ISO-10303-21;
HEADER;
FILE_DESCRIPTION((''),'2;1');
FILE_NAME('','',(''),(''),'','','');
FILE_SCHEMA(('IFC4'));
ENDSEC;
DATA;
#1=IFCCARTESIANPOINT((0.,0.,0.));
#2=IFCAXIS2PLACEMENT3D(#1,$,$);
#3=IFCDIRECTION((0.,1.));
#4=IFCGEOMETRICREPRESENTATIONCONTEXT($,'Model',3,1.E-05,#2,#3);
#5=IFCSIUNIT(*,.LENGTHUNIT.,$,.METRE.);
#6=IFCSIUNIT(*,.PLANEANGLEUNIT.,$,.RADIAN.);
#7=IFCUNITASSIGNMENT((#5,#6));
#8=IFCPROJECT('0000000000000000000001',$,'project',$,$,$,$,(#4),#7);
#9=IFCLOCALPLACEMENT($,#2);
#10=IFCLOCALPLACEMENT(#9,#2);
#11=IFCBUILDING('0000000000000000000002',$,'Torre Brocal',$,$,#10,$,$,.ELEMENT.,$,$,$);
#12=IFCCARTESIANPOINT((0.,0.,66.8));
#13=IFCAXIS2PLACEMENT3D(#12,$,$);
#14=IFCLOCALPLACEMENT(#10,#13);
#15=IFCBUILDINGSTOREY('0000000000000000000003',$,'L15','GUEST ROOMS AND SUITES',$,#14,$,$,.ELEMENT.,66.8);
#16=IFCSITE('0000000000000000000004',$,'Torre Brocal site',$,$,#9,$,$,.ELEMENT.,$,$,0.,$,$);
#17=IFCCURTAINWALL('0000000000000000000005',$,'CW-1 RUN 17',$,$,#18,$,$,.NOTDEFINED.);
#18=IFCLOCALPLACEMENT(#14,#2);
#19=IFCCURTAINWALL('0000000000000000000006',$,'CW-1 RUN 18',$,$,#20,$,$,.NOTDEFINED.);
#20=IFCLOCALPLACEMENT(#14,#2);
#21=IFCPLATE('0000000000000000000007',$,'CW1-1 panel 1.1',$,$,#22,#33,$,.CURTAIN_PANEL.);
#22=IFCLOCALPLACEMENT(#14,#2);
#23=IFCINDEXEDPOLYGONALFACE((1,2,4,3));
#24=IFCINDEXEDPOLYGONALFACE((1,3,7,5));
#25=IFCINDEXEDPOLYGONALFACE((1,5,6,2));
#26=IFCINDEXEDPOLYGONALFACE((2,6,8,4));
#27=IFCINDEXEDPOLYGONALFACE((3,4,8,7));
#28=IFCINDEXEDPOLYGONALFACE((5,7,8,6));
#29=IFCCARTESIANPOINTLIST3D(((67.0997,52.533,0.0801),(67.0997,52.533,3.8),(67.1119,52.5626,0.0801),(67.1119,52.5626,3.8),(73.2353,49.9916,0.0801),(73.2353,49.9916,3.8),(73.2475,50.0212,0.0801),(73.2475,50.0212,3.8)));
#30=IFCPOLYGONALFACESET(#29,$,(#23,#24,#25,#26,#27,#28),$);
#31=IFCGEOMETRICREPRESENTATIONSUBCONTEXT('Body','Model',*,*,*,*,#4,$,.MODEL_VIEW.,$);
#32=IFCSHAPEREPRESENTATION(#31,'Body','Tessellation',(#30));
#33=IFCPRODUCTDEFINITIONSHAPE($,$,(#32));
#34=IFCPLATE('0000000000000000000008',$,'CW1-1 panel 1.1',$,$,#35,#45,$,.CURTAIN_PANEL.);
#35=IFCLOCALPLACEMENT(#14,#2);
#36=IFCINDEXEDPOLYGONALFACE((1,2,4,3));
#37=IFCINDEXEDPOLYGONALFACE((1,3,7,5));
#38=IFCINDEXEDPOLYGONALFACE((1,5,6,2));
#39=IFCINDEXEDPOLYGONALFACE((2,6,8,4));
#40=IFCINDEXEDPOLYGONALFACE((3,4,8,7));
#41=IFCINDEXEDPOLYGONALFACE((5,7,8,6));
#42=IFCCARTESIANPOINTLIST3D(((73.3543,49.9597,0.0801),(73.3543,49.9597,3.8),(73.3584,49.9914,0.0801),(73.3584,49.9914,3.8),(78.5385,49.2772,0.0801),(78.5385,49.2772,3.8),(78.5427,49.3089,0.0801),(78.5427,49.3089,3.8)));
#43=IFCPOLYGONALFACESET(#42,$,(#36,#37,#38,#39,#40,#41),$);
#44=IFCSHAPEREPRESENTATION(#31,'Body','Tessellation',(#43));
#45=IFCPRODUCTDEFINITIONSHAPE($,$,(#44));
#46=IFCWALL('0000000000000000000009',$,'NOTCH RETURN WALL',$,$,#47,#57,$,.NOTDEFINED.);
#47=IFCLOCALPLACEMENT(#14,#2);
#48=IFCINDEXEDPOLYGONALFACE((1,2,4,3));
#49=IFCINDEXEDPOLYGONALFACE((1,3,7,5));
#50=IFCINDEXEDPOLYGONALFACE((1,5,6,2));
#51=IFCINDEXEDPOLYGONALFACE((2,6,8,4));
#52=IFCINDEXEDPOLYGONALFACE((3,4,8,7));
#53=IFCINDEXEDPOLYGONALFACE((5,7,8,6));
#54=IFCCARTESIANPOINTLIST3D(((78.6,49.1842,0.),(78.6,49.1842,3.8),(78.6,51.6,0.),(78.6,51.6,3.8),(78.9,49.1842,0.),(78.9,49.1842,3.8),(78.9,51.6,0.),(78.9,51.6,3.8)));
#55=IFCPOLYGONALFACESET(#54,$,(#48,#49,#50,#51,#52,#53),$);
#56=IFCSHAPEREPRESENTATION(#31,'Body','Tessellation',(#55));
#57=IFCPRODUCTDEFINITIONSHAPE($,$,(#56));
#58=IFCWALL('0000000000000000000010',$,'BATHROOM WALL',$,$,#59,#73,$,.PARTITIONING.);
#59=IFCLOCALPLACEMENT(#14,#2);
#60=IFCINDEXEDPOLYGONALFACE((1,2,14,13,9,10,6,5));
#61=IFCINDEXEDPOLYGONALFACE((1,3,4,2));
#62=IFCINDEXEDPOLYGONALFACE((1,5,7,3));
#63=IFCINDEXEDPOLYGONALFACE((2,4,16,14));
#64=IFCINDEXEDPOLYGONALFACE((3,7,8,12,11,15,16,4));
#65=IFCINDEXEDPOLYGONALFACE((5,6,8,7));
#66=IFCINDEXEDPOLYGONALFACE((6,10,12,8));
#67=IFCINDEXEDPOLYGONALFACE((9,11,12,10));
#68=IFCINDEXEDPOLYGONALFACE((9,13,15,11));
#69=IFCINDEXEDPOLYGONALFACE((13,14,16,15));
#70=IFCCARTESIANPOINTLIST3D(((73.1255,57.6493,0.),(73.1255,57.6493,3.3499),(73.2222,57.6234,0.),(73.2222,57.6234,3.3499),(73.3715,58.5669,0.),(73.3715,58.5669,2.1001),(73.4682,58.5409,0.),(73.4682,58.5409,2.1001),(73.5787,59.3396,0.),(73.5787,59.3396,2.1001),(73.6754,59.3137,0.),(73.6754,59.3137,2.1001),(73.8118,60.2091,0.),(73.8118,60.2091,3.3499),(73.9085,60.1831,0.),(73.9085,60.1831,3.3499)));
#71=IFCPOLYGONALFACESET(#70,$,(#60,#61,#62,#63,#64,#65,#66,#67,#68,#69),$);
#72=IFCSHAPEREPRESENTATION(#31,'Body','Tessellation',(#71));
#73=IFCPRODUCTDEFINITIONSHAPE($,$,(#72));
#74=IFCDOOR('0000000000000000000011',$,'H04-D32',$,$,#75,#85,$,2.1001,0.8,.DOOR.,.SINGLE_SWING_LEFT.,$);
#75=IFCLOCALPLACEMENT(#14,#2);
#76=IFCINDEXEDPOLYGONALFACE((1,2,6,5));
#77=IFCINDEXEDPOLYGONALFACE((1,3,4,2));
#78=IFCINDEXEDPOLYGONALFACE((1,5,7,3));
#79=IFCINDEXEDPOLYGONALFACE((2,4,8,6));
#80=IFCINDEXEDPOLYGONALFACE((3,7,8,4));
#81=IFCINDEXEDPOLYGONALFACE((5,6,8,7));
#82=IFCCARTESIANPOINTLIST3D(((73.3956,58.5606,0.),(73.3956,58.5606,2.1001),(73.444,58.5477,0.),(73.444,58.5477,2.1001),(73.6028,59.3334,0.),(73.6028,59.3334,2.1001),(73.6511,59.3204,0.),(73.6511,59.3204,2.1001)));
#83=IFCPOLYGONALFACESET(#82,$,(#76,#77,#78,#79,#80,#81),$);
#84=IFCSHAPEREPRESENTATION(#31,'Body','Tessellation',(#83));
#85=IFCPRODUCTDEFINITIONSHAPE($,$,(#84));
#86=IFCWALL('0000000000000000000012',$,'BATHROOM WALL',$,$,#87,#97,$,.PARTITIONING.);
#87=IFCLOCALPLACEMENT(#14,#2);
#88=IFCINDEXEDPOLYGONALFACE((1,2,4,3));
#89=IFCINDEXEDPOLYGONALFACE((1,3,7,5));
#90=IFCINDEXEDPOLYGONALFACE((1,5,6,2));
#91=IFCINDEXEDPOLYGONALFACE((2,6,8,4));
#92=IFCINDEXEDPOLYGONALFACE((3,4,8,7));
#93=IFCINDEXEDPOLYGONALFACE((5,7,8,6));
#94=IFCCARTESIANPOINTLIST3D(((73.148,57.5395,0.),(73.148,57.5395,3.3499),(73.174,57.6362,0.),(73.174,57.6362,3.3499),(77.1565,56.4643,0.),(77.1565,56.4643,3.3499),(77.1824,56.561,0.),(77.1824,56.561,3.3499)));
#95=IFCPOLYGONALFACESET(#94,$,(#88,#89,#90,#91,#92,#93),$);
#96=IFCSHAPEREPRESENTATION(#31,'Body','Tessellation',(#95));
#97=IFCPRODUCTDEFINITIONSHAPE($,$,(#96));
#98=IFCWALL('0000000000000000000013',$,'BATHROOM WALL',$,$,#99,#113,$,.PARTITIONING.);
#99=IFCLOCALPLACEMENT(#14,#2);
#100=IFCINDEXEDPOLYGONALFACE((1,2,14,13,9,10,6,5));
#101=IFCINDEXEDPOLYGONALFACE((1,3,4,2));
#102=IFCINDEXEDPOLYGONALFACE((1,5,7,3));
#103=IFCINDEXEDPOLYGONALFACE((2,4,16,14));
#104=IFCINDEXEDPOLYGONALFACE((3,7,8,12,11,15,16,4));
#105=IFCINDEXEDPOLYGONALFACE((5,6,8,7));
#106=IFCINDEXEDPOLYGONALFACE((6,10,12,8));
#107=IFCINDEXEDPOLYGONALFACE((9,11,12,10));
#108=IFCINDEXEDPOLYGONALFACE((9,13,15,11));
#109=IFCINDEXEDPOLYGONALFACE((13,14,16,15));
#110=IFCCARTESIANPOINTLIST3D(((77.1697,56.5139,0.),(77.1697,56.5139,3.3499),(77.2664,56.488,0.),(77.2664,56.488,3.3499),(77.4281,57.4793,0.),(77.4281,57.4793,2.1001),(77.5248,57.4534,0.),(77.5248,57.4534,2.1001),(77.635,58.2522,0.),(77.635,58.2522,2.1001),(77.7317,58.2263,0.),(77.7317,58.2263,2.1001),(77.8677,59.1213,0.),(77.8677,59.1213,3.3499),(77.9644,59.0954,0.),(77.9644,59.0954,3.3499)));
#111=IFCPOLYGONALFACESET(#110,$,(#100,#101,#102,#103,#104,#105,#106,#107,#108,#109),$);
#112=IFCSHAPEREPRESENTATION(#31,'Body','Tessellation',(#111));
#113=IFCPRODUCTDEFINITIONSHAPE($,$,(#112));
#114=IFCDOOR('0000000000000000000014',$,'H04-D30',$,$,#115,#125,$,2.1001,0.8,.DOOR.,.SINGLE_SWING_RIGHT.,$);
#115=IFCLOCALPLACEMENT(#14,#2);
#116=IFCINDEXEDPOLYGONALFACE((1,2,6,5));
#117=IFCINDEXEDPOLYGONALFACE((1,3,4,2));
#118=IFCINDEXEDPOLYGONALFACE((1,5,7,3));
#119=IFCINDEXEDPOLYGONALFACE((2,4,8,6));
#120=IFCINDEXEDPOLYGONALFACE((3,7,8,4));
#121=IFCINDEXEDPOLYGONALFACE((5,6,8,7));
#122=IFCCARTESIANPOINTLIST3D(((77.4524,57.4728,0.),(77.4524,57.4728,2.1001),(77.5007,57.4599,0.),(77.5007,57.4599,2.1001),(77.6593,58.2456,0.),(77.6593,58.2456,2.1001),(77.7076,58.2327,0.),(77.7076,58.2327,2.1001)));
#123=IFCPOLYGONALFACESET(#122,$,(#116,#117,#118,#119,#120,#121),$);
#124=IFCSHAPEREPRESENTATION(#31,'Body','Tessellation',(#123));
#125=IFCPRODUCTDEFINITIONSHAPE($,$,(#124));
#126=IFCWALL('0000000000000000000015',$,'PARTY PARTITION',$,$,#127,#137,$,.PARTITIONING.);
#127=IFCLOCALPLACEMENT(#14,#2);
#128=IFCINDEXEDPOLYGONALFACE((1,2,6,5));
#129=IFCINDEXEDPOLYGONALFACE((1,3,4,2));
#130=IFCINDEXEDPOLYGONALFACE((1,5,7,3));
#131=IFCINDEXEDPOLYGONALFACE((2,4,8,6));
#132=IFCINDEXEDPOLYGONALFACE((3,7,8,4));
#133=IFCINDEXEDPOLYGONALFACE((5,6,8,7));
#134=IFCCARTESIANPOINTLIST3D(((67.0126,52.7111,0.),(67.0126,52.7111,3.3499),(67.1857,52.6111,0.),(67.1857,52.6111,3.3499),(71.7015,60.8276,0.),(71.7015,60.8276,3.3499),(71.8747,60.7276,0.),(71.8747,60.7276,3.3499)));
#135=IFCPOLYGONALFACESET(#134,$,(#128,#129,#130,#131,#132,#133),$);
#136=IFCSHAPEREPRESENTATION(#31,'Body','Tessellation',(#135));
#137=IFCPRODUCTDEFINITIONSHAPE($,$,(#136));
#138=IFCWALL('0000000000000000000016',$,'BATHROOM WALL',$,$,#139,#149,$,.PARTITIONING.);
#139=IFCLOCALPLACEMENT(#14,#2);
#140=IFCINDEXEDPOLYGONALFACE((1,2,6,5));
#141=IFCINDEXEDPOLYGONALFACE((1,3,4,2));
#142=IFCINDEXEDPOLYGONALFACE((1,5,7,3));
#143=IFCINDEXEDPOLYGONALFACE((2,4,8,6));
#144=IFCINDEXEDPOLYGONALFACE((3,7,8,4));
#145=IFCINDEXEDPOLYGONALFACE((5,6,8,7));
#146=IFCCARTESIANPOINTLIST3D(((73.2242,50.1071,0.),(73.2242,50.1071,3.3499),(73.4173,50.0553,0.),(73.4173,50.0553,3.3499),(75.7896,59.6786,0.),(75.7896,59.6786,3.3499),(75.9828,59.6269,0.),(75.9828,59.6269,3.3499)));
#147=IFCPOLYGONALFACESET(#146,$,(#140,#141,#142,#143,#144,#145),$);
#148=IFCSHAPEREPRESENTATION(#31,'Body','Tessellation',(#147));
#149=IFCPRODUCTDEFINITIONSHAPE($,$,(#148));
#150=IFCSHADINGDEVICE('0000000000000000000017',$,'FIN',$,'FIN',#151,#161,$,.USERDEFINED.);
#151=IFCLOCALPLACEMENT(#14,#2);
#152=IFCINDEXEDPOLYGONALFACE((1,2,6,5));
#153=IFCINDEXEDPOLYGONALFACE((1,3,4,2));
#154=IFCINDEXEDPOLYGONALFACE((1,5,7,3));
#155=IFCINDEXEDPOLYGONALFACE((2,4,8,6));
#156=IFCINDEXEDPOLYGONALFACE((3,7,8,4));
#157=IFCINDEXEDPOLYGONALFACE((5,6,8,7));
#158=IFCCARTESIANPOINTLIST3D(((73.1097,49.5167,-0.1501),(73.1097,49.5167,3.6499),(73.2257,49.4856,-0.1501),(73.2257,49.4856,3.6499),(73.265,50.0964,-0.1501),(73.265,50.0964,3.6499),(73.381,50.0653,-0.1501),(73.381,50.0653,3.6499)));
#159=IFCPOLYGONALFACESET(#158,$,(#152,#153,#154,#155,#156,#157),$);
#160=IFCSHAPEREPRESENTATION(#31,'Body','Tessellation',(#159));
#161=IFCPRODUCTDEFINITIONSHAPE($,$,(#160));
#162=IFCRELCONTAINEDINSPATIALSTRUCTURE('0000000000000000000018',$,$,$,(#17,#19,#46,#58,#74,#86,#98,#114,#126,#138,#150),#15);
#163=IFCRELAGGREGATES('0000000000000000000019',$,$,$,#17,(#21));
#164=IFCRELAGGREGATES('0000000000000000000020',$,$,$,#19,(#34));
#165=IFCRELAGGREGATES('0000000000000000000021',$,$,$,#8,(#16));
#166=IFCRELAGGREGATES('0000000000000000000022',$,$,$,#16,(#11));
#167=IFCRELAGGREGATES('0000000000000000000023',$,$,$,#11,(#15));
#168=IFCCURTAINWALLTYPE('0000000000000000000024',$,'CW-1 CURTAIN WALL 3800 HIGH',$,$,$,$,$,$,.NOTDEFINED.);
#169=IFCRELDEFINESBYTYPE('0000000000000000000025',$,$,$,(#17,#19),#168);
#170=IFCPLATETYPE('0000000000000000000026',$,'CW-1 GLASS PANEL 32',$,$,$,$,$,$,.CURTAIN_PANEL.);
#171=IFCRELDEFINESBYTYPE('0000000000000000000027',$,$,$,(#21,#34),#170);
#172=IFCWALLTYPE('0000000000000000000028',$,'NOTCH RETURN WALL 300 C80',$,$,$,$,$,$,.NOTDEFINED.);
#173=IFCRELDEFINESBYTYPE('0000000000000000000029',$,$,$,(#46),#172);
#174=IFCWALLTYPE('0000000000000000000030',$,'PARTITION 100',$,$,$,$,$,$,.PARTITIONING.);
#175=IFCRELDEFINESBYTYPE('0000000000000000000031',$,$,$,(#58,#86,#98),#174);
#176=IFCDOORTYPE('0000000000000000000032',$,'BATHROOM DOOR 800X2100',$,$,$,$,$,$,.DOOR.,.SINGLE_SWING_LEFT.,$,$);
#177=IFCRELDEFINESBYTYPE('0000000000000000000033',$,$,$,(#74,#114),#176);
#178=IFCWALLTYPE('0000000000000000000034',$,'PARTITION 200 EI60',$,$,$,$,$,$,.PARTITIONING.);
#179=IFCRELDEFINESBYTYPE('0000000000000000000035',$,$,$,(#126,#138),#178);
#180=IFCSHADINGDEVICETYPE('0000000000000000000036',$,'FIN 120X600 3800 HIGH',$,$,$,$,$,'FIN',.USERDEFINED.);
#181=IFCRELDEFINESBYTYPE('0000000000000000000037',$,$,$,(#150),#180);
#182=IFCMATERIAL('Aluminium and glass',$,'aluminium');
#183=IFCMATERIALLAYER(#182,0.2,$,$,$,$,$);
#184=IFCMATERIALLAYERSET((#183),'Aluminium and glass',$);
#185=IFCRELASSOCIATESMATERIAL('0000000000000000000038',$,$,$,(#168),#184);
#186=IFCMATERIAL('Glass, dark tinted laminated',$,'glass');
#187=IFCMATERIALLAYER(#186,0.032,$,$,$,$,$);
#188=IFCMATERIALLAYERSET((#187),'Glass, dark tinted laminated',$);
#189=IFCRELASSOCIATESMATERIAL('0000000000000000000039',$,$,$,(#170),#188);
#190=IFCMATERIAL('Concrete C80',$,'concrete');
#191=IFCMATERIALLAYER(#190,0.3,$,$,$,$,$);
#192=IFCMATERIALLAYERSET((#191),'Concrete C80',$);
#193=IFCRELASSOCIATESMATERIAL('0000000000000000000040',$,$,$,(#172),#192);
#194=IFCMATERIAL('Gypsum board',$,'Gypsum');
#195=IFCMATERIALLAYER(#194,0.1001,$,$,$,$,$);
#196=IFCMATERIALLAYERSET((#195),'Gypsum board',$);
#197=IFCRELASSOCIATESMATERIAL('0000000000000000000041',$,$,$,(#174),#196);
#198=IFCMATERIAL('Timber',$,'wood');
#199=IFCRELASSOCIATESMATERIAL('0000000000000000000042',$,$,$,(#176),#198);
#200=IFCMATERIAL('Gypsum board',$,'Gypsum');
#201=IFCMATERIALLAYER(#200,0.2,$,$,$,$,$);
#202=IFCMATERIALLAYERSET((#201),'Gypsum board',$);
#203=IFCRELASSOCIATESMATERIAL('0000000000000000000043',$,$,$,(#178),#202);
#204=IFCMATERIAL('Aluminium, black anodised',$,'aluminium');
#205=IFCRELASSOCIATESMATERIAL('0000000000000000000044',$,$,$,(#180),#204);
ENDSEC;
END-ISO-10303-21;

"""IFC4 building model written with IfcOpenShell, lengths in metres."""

from ifc_helpers import new_model, si_unit, direction, frame, frame_2d, origin, origin_2d, place, context, subcontext, project, spatial, rectangle, extrude, material, layer, layer_set, material_profile, profile_set, type_object, element, fill, aggregate, save


model = new_model("IFC4")

# Units and contexts
model_context = context("Model", 3, precision=1e-05, world=origin(), true_north=direction((0.0, 1.0)))
body_context = subcontext(model_context, "Body", "Model", "MODEL_VIEW")
ifc_project = project(units=[si_unit("LENGTHUNIT", "METRE"), si_unit("PLANEANGLEUNIT", "RADIAN")], contexts=[model_context])

# Site, building, storey
site_placement = place(None, origin())
site = spatial("IfcSite", under=ifc_project, at=site_placement, Name="Torre Brocal site", CompositionType="ELEMENT", RefElevation=0.0)
building_placement = place(site_placement, origin())
building = spatial("IfcBuilding", under=site, at=building_placement, Name="Torre Brocal", CompositionType="ELEMENT")
storey_placement = place(building_placement, frame((0.0, 0.0, 66.8)))
storey = spatial("IfcBuildingStorey", under=building, at=storey_placement, Name="L15", Description="GUEST ROOMS AND SUITES", CompositionType="ELEMENT", Elevation=66.8)

# Curtain walls
ifc_material_1 = material(Name="Aluminium and glass", Category="aluminium")
ifc_layer_1 = layer(ifc_material_1, 0.2)
ifc_layer_set_1 = layer_set([ifc_layer_1], Name="Aluminium and glass")
curtain_wall_type = type_object("IfcCurtainWallType", Name="CW-1 CURTAIN WALL 3800 HIGH", PredefinedType="NOTDEFINED", material=ifc_layer_set_1)
curtain_wall_1_placement = place(storey_placement, origin())
curtain_wall_1 = element("IfcCurtainWall", 1, at=curtain_wall_1_placement, inside=storey, type_object=curtain_wall_type, Name="CW-1 RUN 17", PredefinedType="NOTDEFINED")
curtain_wall_2_placement = place(storey_placement, origin())
curtain_wall_2 = element("IfcCurtainWall", 2, at=curtain_wall_2_placement, inside=storey, type_object=curtain_wall_type, Name="CW-1 RUN 18", PredefinedType="NOTDEFINED")

# Plates
ifc_material_2 = material(Name="Glass, dark tinted laminated", Category="glass")
ifc_layer_2 = layer(ifc_material_2, 0.032)
ifc_layer_set_2 = layer_set([ifc_layer_2], Name="Glass, dark tinted laminated")
plate_type = type_object("IfcPlateType", Name="CW-1 GLASS PANEL 32", PredefinedType="CURTAIN_PANEL", material=ifc_layer_set_2)
plate_1_placement = place(storey_placement, frame((70.1736, 51.2771, 0.0801), z_axis=(0.0, 0.0, 1.0), x_axis=(0.92388, -0.382683, 0.0)))
plate_1 = element("IfcPlate", 3, at=plate_1_placement, type_object=plate_type, Name="CW1-1 panel 1.1", PredefinedType="CURTAIN_PANEL", context=body_context, shape_type="SweptSolid", body=[
    extrude(rectangle(XDim=6.6411, YDim=0.032, at=origin_2d()), origin(), (0.0, 0.0, 1.0), 3.72),
])
aggregate(curtain_wall_1, [plate_1])
plate_2_placement = place(storey_placement, frame((75.9485, 49.6343, 0.0801), z_axis=(0.0, 0.0, 1.0), x_axis=(0.991445, -0.130526, 0.0)))
plate_2 = element("IfcPlate", 4, at=plate_2_placement, type_object=plate_type, Name="CW1-1 panel 1.1", PredefinedType="CURTAIN_PANEL", context=body_context, shape_type="SweptSolid", body=[
    extrude(rectangle(XDim=5.229, YDim=0.032, at=origin_2d()), origin(), (0.0, 0.0, 1.0), 3.72),
])
aggregate(curtain_wall_2, [plate_2])

# Wall
ifc_material_3 = material(Name="Concrete C80", Category="concrete")
ifc_layer_3 = layer(ifc_material_3, 0.3)
ifc_layer_set_3 = layer_set([ifc_layer_3], Name="Concrete C80")
wall_type_1 = type_object("IfcWallType", Name="NOTCH RETURN WALL 300 C80", PredefinedType="NOTDEFINED", material=ifc_layer_set_3)
wall_1_placement = place(storey_placement, frame((78.75, 51.6001, 0.0), z_axis=(0.0, 0.0, 1.0), x_axis=(0.0, -1.0, 0.0)))
element("IfcWall", 5, at=wall_1_placement, inside=storey, type_object=wall_type_1, Name="NOTCH RETURN WALL", PredefinedType="NOTDEFINED", context=body_context, shape_type="SweptSolid", body=[
    extrude(rectangle(XDim=2.4158, YDim=0.3, at=frame_2d((1.208, 0.0))), origin(), (0.0, 0.0, 1.0), 3.8),
])

# Wall, opening, door
ifc_material_4 = material(Name="Gypsum board", Category="Gypsum")
ifc_layer_4 = layer(ifc_material_4, 0.1001)
ifc_layer_set_4 = layer_set([ifc_layer_4], Name="Gypsum board")
wall_type_2 = type_object("IfcWallType", Name="PARTITION 100", PredefinedType="PARTITIONING", material=ifc_layer_set_4)
wall_2_placement = place(storey_placement, frame((73.1738, 57.6362, 0.0), z_axis=(0.0, 0.0, 1.0), x_axis=(0.258952, 0.96589, 0.0)))
wall_2 = element("IfcWall", 6, at=wall_2_placement, inside=storey, type_object=wall_type_2, Name="BATHROOM WALL", PredefinedType="PARTITIONING", context=body_context, shape_type="SweptSolid", body=[
    extrude(rectangle(XDim=2.6501, YDim=0.1001, at=frame_2d((1.3252, 0.0))), origin(), (0.0, 0.0, 1.0), 3.3499),
])
opening_1_placement = place(wall_2_placement, frame((0.9502, 0.0, 0.0)))
opening_1 = element("IfcOpeningElement", 7, at=opening_1_placement, cuts=wall_2, PredefinedType="OPENING", context=body_context, shape_type="SweptSolid", body=[
    extrude(rectangle(XDim=0.8, YDim=2.1001, at=frame_2d((0.3999, 1.05))), frame((0.0, 0.0601, 0.0), z_axis=(0.0, -1.0, 0.0), x_axis=(1.0, 0.0, 0.0)), (0.0, 0.0, 1.0), 0.1201),
])
ifc_material_5 = material(Name="Timber", Category="wood")
door_type = type_object("IfcDoorType", Name="BATHROOM DOOR 800X2100", OperationType="SINGLE_SWING_LEFT", PredefinedType="DOOR", material=ifc_material_5)
door_1_placement = place(opening_1_placement, frame((0.8, 0.0, 0.0), z_axis=(0.0, 0.0, 1.0), x_axis=(-1.0, 0.0, 0.0)))
door_1 = element("IfcDoor", 8, at=door_1_placement, inside=storey, type_object=door_type, Name="H04-D32", OperationType="SINGLE_SWING_LEFT", OverallHeight=2.1001, OverallWidth=0.8, PredefinedType="DOOR", context=body_context, shape_type="SweptSolid", body=[
    extrude(rectangle(XDim=0.8, YDim=2.1001, at=frame_2d((0.3999, 1.05))), frame((0.0, 0.0249, 0.0), z_axis=(0.0, -1.0, 0.0), x_axis=(1.0, 0.0, 0.0)), (0.0, 0.0, 1.0), 0.05),
])
fill(opening_1, door_1)

# Wall
wall_3_placement = place(storey_placement, frame((73.1609, 57.5879, 0.0), z_axis=(0.0, 0.0, 1.0), x_axis=(0.965859, -0.259068, 0.0)))
element("IfcWall", 9, at=wall_3_placement, inside=storey, type_object=wall_type_2, Name="BATHROOM WALL", PredefinedType="PARTITIONING", context=body_context, shape_type="SweptSolid", body=[
    extrude(rectangle(XDim=4.1501, YDim=0.1001, at=frame_2d((2.0752, 0.0))), origin(), (0.0, 0.0, 1.0), 3.3499),
])

# Wall, opening, door
wall_4_placement = place(storey_placement, frame((77.218, 56.501, 0.0), z_axis=(0.0, 0.0, 1.0), x_axis=(0.258591, 0.965987, 0.0)))
wall_4 = element("IfcWall", 10, at=wall_4_placement, inside=storey, type_object=wall_type_2, Name="BATHROOM WALL", PredefinedType="PARTITIONING", context=body_context, shape_type="SweptSolid", body=[
    extrude(rectangle(XDim=2.6992, YDim=0.1001, at=frame_2d((1.3496, 0.0))), origin(), (0.0, 0.0, 1.0), 3.3499),
])
opening_2_placement = place(wall_4_placement, frame((0.9995, 0.0, 0.0)))
opening_2 = element("IfcOpeningElement", 11, at=opening_2_placement, cuts=wall_4, PredefinedType="OPENING", context=body_context, shape_type="SweptSolid", body=[
    extrude(rectangle(XDim=0.8, YDim=2.1001, at=frame_2d((0.3999, 1.05))), frame((0.0, 0.0601, 0.0), z_axis=(0.0, -1.0, 0.0), x_axis=(1.0, 0.0, 0.0)), (0.0, 0.0, 1.0), 0.1201),
])
door_2_placement = place(opening_2_placement, origin())
door_2 = element("IfcDoor", 12, at=door_2_placement, inside=storey, type_object=door_type, Name="H04-D30", OperationType="SINGLE_SWING_RIGHT", OverallHeight=2.1001, OverallWidth=0.8, PredefinedType="DOOR", context=body_context, shape_type="SweptSolid", body=[
    extrude(rectangle(XDim=0.8, YDim=2.1001, at=frame_2d((0.3999, 1.05))), frame((0.0, 0.0249, 0.0), z_axis=(0.0, -1.0, 0.0), x_axis=(1.0, 0.0, 0.0)), (0.0, 0.0, 1.0), 0.05),
])
fill(opening_2, door_2)

# Walls
ifc_material_6 = material(Name="Gypsum board", Category="Gypsum")
ifc_layer_5 = layer(ifc_material_6, 0.2)
ifc_layer_set_5 = layer_set([ifc_layer_5], Name="Gypsum board")
wall_type_3 = type_object("IfcWallType", Name="PARTITION 200 EI60", PredefinedType="PARTITIONING", material=ifc_layer_set_5)
wall_5_placement = place(storey_placement, frame((67.0991, 52.6611, 0.0), z_axis=(0.0, 0.0, 1.0), x_axis=(0.500234, 0.86589, 0.0)))
element("IfcWall", 13, at=wall_5_placement, inside=storey, type_object=wall_type_3, Name="PARTY PARTITION", PredefinedType="PARTITIONING", context=body_context, shape_type="SweptSolid", body=[
    extrude(rectangle(XDim=9.3735, YDim=0.2, at=frame_2d((4.6868, 0.0))), origin(), (0.0, 0.0, 1.0), 3.3499),
])
wall_6_placement = place(storey_placement, frame((73.3208, 50.0813, 0.0), z_axis=(0.0, 0.0, 1.0), x_axis=(0.258889, 0.965907, 0.0)))
element("IfcWall", 14, at=wall_6_placement, inside=storey, type_object=wall_type_3, Name="BATHROOM WALL", PredefinedType="PARTITIONING", context=body_context, shape_type="SweptSolid", body=[
    extrude(rectangle(XDim=9.9094, YDim=0.2, at=frame_2d((4.9546, 0.0))), origin(), (0.0, 0.0, 1.0), 3.3499),
])

# Shading device
ifc_material_7 = material(Name="Aluminium, black anodised", Category="aluminium")
ifc_material_profile_1 = material_profile(ifc_material_7, rectangle(XDim=0.1201, YDim=0.6001, at=origin_2d()), Name="FIN 120X600 3800 HIGH")
ifc_profile_set_1 = profile_set([ifc_material_profile_1], Name="Aluminium, black anodised")
shading_device_type = type_object("IfcShadingDeviceType", Name="FIN 120X600 3800 HIGH", ElementType="FIN", PredefinedType="USERDEFINED", material=ifc_profile_set_1)
shading_device_placement = place(storey_placement, frame((73.2454, 49.791, -0.1501), z_axis=(0.0, 0.0, 1.0), x_axis=(0.965926, -0.258819, 0.0)))
element("IfcShadingDevice", 15, at=shading_device_placement, inside=storey, type_object=shading_device_type, Name="FIN", ObjectType="FIN", PredefinedType="USERDEFINED", context=body_context, shape_type="SweptSolid", body=[
    extrude(rectangle(XDim=0.1201, YDim=0.6001, at=origin_2d()), origin(), (0.0, 0.0, 1.0), 3.8),
])

save(model, "model.ifc")
